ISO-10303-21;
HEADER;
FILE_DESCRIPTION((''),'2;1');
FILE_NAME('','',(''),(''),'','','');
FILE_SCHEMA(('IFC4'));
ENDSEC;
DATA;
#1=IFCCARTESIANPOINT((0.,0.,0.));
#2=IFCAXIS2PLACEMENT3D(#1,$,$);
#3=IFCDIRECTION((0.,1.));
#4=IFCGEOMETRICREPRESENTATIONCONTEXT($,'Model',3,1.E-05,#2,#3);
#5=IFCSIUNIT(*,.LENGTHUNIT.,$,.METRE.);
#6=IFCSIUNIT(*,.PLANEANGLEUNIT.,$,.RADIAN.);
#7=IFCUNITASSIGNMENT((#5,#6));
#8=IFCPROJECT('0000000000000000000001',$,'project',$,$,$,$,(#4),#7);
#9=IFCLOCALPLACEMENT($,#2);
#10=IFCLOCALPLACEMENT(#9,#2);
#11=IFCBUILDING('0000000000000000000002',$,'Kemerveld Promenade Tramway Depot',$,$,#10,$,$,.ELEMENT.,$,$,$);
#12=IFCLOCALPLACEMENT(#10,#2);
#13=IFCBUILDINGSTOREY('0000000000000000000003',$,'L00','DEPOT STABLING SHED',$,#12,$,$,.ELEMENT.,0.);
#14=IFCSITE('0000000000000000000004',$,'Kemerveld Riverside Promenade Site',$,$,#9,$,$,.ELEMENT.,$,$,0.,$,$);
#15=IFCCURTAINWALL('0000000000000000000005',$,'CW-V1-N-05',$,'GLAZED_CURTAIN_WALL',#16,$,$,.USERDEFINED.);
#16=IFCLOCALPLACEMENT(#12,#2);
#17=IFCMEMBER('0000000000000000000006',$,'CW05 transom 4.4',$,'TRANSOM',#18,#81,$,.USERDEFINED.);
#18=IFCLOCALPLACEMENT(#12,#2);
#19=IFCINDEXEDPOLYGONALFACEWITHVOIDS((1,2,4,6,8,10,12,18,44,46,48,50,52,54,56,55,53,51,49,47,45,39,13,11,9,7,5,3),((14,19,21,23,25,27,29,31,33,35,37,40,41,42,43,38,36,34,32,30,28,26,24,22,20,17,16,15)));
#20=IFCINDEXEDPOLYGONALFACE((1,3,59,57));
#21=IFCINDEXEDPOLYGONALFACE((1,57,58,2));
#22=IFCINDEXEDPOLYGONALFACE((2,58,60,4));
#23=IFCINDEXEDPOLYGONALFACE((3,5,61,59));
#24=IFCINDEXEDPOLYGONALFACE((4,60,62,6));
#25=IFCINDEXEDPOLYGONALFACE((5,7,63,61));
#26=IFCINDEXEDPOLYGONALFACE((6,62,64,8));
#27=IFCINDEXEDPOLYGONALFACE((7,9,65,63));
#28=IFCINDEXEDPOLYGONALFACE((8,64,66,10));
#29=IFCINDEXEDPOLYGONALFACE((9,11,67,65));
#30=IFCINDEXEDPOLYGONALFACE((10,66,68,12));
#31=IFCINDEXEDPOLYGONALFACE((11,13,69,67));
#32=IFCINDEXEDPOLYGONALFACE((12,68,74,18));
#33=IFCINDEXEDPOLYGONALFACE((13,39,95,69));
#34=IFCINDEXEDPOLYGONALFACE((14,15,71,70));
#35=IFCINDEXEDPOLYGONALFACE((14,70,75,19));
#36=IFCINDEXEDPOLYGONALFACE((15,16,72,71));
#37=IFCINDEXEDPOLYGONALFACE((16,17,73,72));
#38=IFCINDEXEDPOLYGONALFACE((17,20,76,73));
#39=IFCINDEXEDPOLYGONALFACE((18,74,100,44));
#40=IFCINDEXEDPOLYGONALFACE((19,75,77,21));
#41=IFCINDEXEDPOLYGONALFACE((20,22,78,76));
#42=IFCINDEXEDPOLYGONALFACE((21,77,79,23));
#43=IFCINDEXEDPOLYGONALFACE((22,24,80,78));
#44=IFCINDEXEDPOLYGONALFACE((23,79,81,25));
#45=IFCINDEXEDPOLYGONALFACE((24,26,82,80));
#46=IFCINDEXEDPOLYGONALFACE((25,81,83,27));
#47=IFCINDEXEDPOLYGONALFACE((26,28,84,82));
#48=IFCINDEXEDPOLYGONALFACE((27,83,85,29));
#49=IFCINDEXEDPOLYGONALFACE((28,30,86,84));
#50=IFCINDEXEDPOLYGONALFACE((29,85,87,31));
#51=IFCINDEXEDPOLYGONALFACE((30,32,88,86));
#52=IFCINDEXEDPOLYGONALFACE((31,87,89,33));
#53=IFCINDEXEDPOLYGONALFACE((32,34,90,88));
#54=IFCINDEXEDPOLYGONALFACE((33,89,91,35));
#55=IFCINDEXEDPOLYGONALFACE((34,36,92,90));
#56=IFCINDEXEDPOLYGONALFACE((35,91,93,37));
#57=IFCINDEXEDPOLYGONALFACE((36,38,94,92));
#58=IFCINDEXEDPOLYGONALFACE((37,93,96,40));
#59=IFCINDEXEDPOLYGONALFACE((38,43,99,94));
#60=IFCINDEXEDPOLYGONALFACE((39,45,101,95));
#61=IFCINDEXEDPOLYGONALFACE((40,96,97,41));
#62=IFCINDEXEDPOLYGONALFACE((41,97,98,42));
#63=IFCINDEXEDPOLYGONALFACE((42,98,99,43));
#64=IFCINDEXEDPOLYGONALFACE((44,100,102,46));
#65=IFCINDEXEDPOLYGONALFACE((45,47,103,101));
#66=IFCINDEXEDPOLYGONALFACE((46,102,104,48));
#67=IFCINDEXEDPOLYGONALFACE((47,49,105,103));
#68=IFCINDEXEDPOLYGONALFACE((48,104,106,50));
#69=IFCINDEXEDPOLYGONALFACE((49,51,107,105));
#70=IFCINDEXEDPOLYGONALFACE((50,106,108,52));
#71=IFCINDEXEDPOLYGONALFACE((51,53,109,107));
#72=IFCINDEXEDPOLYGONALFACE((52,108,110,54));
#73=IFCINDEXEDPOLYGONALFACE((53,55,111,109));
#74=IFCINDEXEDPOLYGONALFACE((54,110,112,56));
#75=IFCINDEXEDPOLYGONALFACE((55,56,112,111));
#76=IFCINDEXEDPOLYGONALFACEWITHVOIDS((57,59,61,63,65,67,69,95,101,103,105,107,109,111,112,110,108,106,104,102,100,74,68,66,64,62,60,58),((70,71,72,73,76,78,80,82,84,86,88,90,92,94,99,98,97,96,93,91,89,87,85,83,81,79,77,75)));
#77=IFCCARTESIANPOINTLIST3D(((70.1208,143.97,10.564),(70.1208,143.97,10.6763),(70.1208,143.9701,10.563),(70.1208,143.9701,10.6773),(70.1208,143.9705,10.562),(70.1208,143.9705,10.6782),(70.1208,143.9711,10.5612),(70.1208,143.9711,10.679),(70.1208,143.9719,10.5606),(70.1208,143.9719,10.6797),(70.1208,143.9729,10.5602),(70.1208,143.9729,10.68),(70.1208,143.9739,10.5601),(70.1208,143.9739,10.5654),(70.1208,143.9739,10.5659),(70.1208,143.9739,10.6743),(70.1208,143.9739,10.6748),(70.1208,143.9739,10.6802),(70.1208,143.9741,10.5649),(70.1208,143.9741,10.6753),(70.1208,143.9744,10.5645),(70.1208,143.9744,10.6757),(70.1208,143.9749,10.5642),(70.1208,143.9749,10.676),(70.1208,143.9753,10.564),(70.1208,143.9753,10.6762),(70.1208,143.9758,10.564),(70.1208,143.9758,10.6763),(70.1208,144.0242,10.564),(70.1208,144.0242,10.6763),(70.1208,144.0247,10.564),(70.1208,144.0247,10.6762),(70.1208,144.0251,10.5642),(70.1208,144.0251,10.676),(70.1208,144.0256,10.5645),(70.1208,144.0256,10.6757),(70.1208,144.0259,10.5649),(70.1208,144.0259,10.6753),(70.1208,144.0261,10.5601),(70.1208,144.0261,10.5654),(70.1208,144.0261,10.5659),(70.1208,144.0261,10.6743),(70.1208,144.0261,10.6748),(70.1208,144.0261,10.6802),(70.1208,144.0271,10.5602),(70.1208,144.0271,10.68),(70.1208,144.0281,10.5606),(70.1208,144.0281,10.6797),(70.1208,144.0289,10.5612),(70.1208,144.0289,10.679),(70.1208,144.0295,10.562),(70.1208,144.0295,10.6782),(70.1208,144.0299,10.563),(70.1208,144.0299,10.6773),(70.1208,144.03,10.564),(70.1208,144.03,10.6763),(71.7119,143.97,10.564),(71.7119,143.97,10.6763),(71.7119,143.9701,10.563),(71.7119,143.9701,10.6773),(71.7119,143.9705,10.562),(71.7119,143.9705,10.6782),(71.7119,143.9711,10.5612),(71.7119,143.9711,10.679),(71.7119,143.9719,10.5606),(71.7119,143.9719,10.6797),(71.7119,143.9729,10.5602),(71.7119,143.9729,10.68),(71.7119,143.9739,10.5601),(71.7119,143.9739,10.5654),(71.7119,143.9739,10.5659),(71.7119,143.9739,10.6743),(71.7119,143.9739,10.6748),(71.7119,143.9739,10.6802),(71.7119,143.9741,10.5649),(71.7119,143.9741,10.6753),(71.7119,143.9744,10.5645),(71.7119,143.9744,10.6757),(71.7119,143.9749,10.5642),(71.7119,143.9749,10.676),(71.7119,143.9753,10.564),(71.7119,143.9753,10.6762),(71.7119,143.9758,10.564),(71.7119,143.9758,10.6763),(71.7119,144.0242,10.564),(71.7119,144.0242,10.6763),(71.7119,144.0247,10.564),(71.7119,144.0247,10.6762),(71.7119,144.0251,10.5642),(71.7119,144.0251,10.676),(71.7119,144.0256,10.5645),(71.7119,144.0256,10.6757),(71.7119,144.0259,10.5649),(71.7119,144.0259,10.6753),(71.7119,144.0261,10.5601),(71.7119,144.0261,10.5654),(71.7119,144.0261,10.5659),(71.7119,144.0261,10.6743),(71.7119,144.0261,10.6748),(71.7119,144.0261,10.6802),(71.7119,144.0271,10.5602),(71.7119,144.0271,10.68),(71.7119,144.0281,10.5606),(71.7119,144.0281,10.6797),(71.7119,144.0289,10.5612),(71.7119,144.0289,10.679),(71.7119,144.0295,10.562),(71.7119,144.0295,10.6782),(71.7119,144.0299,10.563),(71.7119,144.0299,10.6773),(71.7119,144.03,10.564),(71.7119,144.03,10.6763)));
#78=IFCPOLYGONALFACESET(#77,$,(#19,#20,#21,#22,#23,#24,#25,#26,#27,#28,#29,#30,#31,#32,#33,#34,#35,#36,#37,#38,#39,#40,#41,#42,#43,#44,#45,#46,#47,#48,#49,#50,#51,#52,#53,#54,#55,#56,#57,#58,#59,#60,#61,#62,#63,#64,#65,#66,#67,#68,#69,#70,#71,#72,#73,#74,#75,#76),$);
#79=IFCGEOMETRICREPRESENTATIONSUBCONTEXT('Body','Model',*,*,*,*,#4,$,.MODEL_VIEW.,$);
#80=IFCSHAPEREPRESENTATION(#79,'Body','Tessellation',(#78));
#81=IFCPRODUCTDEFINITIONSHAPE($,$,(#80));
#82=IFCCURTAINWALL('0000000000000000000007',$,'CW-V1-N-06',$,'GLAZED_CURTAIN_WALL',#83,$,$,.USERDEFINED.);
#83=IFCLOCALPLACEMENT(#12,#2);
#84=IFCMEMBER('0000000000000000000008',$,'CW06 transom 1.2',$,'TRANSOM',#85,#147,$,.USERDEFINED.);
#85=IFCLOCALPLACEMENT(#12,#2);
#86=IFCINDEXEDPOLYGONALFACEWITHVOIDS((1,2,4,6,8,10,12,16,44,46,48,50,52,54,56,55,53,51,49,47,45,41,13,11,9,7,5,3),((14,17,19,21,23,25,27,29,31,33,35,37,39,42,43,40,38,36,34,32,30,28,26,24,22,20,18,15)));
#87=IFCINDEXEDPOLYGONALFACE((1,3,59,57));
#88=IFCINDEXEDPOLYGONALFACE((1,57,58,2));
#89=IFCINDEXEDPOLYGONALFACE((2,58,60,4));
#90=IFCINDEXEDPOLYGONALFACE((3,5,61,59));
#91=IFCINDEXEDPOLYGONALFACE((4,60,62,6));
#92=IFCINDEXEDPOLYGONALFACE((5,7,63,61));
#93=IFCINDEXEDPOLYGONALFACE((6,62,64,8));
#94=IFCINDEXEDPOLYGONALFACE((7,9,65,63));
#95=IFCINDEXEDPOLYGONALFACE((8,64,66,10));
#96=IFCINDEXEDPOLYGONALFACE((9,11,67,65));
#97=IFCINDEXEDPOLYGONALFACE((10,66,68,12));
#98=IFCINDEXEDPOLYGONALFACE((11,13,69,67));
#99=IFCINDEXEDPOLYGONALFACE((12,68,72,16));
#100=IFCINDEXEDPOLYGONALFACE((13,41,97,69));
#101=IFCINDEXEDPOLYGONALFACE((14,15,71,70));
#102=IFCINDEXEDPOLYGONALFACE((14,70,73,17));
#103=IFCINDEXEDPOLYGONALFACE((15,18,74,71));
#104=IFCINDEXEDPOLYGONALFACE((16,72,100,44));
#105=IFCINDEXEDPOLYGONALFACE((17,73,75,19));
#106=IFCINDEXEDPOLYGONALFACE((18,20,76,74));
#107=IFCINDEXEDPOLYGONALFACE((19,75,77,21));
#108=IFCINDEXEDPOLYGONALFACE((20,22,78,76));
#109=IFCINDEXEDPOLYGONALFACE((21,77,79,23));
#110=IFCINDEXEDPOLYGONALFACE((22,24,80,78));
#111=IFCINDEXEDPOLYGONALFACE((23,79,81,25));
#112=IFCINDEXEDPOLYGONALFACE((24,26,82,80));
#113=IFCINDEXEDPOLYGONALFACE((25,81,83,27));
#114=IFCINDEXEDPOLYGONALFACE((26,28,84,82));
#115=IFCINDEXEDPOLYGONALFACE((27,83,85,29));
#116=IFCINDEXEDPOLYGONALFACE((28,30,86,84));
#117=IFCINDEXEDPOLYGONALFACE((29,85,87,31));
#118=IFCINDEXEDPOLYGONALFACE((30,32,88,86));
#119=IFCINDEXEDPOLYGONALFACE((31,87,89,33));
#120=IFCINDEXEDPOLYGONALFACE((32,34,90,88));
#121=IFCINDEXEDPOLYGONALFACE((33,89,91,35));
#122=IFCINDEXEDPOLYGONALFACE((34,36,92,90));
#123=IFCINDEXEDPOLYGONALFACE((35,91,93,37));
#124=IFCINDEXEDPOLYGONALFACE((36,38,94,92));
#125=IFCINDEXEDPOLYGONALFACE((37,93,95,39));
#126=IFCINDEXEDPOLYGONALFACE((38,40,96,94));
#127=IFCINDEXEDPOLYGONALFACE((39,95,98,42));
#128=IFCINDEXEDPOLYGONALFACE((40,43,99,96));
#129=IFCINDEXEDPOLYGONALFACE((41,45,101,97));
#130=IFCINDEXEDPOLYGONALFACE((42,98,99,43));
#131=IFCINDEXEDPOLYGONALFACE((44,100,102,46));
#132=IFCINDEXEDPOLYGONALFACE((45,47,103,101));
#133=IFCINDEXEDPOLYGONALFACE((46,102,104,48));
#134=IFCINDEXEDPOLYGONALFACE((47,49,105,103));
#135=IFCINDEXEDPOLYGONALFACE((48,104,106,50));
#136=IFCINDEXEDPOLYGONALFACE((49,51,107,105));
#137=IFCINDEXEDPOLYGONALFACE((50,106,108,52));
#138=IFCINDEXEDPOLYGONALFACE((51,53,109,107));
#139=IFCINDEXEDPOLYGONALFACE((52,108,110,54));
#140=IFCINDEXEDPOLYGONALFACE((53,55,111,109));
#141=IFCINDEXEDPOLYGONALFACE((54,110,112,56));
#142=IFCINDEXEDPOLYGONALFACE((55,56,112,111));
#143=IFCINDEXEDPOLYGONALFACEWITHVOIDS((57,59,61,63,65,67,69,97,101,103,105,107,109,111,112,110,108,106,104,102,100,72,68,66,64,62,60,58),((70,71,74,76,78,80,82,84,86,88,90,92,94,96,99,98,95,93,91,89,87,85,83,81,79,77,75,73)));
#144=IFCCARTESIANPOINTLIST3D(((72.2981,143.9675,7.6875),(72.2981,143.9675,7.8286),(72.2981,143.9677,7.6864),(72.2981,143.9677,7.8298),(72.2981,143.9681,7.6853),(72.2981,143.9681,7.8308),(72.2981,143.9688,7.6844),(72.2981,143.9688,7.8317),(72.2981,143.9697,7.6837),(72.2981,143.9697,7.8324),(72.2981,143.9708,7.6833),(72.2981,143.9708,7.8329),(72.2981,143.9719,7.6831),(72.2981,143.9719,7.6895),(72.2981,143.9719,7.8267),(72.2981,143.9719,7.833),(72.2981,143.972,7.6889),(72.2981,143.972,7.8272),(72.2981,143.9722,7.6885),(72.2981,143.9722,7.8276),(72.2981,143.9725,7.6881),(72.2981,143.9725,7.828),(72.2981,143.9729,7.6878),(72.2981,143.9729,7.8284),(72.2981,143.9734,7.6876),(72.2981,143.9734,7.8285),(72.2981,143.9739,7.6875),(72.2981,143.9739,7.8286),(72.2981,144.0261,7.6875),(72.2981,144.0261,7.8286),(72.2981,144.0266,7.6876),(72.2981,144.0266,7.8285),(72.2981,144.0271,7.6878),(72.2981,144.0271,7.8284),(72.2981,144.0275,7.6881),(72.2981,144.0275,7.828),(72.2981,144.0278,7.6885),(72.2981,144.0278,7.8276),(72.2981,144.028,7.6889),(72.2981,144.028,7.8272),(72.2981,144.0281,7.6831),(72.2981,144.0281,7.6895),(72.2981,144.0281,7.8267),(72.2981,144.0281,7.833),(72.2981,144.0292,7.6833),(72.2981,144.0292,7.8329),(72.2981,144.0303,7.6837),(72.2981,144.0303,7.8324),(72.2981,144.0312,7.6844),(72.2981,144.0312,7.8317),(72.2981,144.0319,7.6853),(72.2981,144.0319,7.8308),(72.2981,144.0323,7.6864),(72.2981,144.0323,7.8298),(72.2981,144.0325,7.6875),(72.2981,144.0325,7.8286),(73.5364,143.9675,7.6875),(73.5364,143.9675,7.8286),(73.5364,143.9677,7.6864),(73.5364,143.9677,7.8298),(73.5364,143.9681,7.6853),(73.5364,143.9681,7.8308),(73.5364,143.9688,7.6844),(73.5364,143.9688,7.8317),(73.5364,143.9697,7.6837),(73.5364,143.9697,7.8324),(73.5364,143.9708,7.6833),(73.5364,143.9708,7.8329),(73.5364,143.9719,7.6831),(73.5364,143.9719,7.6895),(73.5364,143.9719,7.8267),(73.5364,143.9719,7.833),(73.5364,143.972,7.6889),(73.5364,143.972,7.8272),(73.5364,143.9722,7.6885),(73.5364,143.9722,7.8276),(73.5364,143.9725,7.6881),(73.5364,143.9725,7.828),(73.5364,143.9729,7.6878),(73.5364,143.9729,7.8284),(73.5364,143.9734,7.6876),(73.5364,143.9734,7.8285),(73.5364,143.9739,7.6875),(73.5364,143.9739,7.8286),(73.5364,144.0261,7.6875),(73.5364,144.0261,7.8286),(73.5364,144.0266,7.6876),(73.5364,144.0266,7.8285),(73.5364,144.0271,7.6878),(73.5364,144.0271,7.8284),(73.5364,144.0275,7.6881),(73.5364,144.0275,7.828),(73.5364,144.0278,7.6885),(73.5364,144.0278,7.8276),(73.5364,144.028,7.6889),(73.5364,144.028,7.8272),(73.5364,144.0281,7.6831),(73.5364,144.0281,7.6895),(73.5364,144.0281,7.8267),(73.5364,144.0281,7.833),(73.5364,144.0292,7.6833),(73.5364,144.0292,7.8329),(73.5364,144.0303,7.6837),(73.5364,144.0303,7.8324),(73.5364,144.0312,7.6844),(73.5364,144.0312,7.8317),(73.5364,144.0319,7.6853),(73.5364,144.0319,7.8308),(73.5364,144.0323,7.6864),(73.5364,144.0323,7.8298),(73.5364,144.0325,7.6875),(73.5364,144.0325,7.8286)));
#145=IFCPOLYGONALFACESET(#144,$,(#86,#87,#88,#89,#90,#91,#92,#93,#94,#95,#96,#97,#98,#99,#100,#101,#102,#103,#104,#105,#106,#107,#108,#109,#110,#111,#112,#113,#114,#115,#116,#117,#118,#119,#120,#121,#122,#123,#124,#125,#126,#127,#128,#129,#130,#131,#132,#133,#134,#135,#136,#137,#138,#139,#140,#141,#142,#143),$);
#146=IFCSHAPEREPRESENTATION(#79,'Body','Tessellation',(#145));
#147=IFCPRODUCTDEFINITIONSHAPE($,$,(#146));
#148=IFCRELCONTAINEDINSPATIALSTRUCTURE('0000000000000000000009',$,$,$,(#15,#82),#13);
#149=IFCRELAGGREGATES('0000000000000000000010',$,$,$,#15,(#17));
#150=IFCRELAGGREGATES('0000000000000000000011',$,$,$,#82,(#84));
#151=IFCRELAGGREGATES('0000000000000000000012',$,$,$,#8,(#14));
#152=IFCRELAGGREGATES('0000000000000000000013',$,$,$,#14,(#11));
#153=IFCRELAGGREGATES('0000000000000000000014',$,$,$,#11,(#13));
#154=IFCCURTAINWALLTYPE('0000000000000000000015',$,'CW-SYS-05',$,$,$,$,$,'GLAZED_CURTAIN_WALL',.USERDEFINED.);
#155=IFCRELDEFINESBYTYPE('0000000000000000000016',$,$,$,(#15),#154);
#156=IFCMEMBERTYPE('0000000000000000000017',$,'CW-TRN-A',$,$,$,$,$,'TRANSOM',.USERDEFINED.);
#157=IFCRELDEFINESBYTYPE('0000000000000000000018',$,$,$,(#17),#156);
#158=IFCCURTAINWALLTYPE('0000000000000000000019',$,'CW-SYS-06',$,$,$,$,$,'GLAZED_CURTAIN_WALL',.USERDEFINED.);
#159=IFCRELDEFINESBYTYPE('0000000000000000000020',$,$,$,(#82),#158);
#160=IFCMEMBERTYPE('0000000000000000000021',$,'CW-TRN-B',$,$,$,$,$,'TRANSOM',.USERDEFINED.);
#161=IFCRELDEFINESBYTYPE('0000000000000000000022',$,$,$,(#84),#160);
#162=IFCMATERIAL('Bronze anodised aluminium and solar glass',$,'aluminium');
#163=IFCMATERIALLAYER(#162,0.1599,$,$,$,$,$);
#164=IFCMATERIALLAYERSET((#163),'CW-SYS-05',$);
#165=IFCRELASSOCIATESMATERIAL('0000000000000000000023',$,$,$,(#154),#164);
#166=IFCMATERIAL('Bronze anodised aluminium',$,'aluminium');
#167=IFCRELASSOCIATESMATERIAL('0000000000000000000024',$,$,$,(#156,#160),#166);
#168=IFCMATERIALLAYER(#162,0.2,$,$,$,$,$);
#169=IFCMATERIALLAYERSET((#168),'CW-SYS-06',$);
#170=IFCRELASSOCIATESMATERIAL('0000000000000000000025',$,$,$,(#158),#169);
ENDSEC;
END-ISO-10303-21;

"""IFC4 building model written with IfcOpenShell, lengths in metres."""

from ifc_helpers import new_model, si_unit, direction, frame, origin, origin_2d, place, context, subcontext, project, spatial, hollow_rectangle, extrude, material, layer, layer_set, material_profile, profile_set, type_object, element, aggregate, save


model = new_model("IFC4")

# Units and contexts
model_context = context("Model", 3, precision=1e-05, world=origin(), true_north=direction((0.0, 1.0)))
body_context = subcontext(model_context, "Body", "Model", "MODEL_VIEW")
ifc_project = project(units=[si_unit("LENGTHUNIT", "METRE"), si_unit("PLANEANGLEUNIT", "RADIAN")], contexts=[model_context])

# Site, building, storey
site_placement = place(None, origin())
site = spatial("IfcSite", under=ifc_project, at=site_placement, Name="Kemerveld Riverside Promenade Site", CompositionType="ELEMENT", RefElevation=0.0)
building_placement = place(site_placement, origin())
building = spatial("IfcBuilding", under=site, at=building_placement, Name="Kemerveld Promenade Tramway Depot", CompositionType="ELEMENT")
storey_placement = place(building_placement, origin())
storey = spatial("IfcBuildingStorey", under=building, at=storey_placement, Name="L00", Description="DEPOT STABLING SHED", CompositionType="ELEMENT", Elevation=0.0)

# Curtain walls, members
ifc_material_1 = material(Name="Bronze anodised aluminium and solar glass", Category="aluminium")
ifc_layer_1 = layer(ifc_material_1, 0.1599)
ifc_layer_set_1 = layer_set([ifc_layer_1], Name="CW-SYS-05")
curtain_wall_type_1 = type_object("IfcCurtainWallType", Name="CW-SYS-05", ElementType="GLAZED_CURTAIN_WALL", PredefinedType="USERDEFINED", material=ifc_layer_set_1)
curtain_wall_1_placement = place(storey_placement, origin())
curtain_wall_1 = element("IfcCurtainWall", 1, at=curtain_wall_1_placement, inside=storey, type_object=curtain_wall_type_1, Name="CW-V1-N-05", ObjectType="GLAZED_CURTAIN_WALL", PredefinedType="USERDEFINED")
ifc_material_2 = material(Name="Bronze anodised aluminium", Category="aluminium")
ifc_material_profile_1 = material_profile(ifc_material_2, hollow_rectangle(XDim=0.0601, YDim=0.1201, WallThickness=0.0039, InnerFilletRadius=0.002, OuterFilletRadius=0.0039, at=origin_2d()), Name="CW-TRN-120x60")
ifc_profile_set_1 = profile_set([ifc_material_profile_1], Name="Bronze anodised aluminium")
member_type_1 = type_object("IfcMemberType", Name="CW-TRN-A", ElementType="TRANSOM", PredefinedType="USERDEFINED", material=ifc_profile_set_1)
member_1_placement = place(storey_placement, frame((70.1208, 144.0, 10.6201), z_axis=(1.0, 0.0, 0.0), x_axis=(0.0, 1.0, 0.0)))
member_1 = element("IfcMember", 2, at=member_1_placement, type_object=member_type_1, Name="CW05 transom 4.4", ObjectType="TRANSOM", PredefinedType="USERDEFINED", context=body_context, shape_type="SweptSolid", body=[
    extrude(hollow_rectangle(XDim=0.0601, YDim=0.1201, WallThickness=0.0039, InnerFilletRadius=0.002, OuterFilletRadius=0.0039, at=origin_2d()), origin(), (0.0, 0.0, 1.0), 1.5911),
])
ifc_layer_2 = layer(ifc_material_1, 0.2)
ifc_layer_set_2 = layer_set([ifc_layer_2], Name="CW-SYS-06")
curtain_wall_type_2 = type_object("IfcCurtainWallType", Name="CW-SYS-06", ElementType="GLAZED_CURTAIN_WALL", PredefinedType="USERDEFINED", material=ifc_layer_set_2)
curtain_wall_2_placement = place(storey_placement, origin())
curtain_wall_2 = element("IfcCurtainWall", 3, at=curtain_wall_2_placement, inside=storey, type_object=curtain_wall_type_2, Name="CW-V1-N-06", ObjectType="GLAZED_CURTAIN_WALL", PredefinedType="USERDEFINED")
ifc_material_profile_2 = material_profile(ifc_material_2, hollow_rectangle(XDim=0.0649, YDim=0.1499, WallThickness=0.0044, InnerFilletRadius=0.002, OuterFilletRadius=0.0044, at=origin_2d()), Name="CW-TRN-150x65")
ifc_profile_set_2 = profile_set([ifc_material_profile_2], Name="Bronze anodised aluminium")
member_type_2 = type_object("IfcMemberType", Name="CW-TRN-B", ElementType="TRANSOM", PredefinedType="USERDEFINED", material=ifc_profile_set_2)
member_2_placement = place(storey_placement, frame((72.2981, 144.0, 7.7581), z_axis=(1.0, 0.0, 0.0), x_axis=(0.0, 1.0, 0.0)))
member_2 = element("IfcMember", 4, at=member_2_placement, type_object=member_type_2, Name="CW06 transom 1.2", ObjectType="TRANSOM", PredefinedType="USERDEFINED", context=body_context, shape_type="SweptSolid", body=[
    extrude(hollow_rectangle(XDim=0.0649, YDim=0.1499, WallThickness=0.0044, InnerFilletRadius=0.002, OuterFilletRadius=0.0044, at=origin_2d()), origin(), (0.0, 0.0, 1.0), 1.2383),
])

aggregate(curtain_wall_1, [member_1])
aggregate(curtain_wall_2, [member_2])

save(model, "model.ifc")
